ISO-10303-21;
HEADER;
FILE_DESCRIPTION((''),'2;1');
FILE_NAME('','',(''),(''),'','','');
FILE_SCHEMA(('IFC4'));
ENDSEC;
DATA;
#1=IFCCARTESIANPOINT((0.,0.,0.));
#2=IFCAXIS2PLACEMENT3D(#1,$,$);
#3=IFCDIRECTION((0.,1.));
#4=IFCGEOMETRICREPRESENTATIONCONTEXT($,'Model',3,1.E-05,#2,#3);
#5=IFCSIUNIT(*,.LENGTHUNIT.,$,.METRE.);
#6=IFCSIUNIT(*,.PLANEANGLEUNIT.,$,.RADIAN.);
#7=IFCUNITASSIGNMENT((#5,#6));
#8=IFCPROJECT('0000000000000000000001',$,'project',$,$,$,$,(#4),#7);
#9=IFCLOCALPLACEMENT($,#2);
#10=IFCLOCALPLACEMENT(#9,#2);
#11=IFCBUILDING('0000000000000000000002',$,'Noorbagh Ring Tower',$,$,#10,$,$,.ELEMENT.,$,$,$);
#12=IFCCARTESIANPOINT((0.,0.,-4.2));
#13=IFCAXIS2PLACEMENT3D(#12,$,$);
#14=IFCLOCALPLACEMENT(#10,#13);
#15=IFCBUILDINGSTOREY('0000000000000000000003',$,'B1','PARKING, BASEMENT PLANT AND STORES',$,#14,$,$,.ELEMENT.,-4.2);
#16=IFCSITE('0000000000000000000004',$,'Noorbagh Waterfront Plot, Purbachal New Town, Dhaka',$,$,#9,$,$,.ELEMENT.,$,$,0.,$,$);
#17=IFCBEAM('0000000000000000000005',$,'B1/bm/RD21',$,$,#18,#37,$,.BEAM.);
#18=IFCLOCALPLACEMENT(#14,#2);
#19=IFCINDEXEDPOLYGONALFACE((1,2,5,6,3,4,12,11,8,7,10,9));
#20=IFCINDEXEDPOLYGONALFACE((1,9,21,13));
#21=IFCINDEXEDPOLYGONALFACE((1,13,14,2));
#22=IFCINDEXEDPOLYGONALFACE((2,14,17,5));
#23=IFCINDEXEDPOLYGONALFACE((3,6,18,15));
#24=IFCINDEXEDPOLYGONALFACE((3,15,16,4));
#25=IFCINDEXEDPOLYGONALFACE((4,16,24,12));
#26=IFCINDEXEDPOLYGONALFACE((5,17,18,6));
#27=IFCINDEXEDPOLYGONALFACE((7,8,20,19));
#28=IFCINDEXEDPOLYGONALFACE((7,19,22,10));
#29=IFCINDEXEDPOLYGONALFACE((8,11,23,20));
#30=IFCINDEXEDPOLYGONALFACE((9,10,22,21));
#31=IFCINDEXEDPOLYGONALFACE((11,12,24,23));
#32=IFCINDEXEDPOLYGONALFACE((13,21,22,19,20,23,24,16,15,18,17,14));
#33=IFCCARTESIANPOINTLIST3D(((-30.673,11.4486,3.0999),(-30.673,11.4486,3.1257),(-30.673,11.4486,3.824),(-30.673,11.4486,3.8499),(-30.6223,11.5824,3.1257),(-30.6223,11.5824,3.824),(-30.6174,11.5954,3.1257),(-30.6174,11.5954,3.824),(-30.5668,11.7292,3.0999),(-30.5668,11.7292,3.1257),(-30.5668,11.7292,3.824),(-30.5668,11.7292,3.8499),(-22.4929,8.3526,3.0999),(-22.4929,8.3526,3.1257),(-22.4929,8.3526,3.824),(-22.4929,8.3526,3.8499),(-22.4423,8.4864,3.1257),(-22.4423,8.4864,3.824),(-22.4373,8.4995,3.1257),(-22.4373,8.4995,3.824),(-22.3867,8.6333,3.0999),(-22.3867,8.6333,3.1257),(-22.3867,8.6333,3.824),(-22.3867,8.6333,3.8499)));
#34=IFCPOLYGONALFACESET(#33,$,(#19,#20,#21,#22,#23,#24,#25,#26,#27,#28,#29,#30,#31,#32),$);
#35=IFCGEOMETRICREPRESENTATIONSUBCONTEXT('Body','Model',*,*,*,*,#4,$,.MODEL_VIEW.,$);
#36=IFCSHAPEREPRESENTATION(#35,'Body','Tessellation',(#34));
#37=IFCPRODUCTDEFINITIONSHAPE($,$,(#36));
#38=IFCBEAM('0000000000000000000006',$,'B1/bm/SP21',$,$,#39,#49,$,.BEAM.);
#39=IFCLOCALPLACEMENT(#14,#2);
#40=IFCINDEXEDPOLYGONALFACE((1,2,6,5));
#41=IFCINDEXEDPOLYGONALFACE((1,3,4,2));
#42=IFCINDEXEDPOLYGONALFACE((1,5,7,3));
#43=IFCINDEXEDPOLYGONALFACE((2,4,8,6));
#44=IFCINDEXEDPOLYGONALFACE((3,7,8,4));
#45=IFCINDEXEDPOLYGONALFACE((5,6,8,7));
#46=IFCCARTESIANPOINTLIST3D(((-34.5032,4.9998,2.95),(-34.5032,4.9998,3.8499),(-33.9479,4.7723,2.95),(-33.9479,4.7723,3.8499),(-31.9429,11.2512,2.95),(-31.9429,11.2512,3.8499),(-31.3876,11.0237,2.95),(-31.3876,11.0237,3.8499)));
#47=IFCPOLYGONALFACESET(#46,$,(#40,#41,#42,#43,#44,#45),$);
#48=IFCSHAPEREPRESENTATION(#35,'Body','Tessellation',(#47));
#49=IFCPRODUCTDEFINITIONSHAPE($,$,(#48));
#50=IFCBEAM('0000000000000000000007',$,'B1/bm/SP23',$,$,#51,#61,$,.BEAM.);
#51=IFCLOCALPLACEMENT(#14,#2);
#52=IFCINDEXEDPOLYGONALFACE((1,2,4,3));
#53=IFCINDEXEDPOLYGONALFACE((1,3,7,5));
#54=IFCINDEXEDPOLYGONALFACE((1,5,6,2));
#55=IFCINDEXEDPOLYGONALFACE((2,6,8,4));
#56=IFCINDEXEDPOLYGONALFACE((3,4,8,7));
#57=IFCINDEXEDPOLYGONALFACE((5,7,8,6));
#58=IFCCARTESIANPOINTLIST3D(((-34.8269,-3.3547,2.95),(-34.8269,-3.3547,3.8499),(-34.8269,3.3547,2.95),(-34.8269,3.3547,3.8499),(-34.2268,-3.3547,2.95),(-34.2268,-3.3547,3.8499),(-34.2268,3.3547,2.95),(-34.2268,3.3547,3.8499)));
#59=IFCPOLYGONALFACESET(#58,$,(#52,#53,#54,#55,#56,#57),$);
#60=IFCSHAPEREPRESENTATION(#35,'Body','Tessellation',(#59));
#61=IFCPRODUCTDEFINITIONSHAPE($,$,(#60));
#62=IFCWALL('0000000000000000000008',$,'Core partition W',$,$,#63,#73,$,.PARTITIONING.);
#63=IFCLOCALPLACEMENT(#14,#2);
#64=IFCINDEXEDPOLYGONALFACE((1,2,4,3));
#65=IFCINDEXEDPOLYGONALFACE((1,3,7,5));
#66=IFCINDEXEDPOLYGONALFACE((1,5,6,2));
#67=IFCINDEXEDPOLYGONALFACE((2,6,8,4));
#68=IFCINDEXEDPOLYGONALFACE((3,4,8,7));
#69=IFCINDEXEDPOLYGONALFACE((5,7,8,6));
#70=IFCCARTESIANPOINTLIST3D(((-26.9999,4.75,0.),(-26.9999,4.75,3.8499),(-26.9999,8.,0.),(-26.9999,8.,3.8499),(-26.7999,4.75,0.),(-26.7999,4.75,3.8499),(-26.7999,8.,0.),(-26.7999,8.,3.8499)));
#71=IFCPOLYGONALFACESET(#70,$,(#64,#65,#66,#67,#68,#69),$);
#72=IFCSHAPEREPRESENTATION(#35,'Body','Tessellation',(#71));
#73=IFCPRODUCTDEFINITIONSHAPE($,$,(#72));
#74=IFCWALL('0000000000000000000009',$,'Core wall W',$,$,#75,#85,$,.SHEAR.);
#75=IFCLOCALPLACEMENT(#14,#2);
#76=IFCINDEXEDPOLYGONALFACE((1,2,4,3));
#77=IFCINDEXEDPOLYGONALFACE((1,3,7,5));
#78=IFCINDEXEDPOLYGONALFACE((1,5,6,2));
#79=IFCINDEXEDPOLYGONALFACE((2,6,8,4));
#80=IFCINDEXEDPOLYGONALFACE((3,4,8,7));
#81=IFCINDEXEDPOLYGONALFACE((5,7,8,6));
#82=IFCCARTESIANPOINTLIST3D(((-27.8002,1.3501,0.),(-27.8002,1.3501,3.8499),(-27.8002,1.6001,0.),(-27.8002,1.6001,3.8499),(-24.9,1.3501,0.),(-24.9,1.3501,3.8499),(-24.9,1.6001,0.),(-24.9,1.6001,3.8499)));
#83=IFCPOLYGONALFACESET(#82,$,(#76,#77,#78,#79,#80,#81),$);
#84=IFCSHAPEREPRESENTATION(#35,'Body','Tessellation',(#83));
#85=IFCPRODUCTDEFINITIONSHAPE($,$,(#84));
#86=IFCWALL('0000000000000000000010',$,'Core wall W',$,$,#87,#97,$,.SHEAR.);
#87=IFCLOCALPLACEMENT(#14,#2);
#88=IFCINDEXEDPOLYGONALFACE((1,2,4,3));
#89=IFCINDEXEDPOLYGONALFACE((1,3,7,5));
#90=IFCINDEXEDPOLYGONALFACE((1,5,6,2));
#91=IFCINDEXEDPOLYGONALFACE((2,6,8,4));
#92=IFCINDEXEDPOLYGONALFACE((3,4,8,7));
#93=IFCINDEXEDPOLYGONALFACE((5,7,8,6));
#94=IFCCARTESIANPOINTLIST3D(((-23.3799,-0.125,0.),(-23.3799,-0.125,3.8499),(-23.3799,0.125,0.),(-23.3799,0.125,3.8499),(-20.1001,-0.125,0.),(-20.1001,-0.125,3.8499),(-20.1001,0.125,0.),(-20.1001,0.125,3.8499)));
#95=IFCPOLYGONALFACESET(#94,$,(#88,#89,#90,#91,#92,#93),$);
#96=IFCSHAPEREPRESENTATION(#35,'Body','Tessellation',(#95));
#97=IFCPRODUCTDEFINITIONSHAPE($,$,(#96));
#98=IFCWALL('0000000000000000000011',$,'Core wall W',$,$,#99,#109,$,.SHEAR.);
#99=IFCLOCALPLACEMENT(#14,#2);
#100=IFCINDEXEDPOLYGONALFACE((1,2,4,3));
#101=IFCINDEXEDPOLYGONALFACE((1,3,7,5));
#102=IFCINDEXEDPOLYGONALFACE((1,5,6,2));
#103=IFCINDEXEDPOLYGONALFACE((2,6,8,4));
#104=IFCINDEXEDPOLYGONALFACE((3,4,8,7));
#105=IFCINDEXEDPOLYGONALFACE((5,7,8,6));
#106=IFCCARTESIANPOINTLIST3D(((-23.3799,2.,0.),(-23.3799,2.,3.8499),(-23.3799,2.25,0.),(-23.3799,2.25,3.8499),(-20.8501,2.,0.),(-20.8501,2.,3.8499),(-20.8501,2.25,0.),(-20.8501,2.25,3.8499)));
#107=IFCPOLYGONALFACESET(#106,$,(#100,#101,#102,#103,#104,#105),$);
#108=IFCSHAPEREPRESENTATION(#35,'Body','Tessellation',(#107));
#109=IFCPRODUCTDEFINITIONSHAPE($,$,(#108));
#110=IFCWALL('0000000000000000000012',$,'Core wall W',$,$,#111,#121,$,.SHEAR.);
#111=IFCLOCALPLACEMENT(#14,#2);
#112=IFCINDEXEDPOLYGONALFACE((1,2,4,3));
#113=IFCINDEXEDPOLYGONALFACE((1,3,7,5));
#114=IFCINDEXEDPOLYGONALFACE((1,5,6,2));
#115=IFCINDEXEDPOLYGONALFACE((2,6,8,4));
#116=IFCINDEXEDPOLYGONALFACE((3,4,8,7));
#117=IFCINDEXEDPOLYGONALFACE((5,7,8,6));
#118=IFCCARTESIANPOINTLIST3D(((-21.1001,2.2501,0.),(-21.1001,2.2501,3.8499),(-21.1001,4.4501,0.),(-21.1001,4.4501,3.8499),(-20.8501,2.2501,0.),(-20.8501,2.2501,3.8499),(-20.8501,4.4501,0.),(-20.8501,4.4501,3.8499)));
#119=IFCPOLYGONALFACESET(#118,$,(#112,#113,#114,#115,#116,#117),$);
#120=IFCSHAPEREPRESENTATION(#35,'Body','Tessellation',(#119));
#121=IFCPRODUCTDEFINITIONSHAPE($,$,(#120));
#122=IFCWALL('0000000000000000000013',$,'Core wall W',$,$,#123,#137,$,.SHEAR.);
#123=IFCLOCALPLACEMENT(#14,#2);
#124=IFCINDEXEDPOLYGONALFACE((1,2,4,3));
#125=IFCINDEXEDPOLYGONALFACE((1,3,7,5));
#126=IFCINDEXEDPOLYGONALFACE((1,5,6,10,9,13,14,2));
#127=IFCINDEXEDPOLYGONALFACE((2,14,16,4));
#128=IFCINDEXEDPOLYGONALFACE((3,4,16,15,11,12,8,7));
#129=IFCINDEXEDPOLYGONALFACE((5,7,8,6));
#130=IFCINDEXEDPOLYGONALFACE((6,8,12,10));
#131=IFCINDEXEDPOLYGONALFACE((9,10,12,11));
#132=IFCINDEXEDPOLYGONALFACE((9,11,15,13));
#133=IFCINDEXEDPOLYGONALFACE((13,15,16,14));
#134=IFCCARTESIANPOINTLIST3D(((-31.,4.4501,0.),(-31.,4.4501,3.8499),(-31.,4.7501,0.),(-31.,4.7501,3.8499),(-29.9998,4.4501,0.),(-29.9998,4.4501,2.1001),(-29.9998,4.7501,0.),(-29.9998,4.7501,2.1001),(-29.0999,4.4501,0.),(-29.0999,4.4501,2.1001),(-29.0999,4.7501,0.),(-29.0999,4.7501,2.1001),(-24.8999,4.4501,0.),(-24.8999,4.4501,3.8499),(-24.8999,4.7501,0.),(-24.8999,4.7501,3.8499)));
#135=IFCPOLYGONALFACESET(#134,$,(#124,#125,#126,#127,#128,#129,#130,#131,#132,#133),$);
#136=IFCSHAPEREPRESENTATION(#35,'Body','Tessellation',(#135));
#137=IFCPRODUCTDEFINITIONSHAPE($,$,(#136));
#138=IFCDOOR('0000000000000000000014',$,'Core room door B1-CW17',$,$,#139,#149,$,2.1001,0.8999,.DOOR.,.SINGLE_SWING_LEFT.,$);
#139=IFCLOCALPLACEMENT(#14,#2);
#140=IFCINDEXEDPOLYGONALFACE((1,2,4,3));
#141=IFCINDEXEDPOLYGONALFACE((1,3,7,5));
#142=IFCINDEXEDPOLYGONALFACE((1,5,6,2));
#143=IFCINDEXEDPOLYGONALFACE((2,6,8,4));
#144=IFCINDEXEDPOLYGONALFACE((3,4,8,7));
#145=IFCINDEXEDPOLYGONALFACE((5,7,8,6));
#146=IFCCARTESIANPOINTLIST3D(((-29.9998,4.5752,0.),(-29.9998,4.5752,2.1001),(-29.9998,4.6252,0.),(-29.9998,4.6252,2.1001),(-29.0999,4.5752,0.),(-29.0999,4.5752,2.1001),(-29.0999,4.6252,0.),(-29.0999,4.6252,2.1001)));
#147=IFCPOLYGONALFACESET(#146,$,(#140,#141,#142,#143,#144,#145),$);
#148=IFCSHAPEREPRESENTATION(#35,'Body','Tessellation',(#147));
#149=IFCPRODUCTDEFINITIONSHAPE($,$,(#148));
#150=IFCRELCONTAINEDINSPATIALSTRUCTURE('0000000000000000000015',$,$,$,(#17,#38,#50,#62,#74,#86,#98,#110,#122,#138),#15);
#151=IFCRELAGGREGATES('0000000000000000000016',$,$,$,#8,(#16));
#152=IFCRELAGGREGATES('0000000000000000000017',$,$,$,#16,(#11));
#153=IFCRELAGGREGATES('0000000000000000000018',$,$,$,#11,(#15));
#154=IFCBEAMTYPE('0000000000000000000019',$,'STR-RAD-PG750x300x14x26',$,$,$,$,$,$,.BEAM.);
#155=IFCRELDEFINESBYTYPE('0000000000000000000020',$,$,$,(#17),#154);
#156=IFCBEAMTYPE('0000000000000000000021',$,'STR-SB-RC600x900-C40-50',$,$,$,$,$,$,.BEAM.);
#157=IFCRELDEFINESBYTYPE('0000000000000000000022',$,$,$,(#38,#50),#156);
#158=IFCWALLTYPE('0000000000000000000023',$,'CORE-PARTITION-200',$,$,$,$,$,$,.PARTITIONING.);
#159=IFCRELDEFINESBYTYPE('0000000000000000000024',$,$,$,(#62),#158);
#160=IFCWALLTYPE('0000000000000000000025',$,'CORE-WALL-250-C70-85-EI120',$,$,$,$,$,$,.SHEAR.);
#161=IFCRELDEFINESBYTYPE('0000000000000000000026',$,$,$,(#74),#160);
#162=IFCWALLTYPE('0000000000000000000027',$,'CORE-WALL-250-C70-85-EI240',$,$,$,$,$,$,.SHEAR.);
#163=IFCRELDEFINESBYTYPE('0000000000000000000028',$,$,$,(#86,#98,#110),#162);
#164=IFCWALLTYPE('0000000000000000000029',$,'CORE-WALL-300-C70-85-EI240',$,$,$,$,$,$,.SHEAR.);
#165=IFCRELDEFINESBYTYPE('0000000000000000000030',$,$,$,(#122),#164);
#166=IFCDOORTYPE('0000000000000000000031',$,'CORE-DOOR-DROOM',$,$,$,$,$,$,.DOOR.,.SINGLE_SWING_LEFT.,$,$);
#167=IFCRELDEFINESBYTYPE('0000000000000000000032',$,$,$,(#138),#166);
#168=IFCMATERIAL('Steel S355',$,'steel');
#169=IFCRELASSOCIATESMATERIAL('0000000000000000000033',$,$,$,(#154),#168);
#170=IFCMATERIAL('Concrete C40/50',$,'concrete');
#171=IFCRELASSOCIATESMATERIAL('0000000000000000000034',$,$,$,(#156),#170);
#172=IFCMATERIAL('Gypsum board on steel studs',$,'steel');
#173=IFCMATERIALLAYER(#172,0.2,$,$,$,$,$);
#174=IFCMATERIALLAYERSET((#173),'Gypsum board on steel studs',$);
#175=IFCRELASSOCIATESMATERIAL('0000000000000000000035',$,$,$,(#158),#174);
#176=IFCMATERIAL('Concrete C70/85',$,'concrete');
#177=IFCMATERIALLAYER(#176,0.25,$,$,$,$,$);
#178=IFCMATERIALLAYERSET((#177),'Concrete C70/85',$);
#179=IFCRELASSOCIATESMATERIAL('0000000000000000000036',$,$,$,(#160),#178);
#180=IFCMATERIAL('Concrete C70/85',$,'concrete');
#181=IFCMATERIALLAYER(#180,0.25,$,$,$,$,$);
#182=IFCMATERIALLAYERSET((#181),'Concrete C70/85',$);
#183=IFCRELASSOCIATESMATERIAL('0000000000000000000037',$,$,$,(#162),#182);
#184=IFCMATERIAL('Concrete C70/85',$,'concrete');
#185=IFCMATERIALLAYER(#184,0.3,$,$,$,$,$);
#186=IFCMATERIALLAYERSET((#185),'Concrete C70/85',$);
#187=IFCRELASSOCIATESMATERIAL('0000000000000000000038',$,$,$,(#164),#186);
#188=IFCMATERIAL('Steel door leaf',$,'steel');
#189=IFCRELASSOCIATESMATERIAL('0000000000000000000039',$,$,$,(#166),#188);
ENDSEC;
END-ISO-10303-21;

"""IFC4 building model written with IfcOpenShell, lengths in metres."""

from ifc_helpers import new_model, si_unit, direction, frame, frame_2d, origin, origin_2d, place, context, subcontext, project, spatial, rectangle, i_section, extrude, material, layer, layer_set, material_profile, profile_set, type_object, element, fill, save


model = new_model("IFC4")

# Units and contexts
model_context = context("Model", 3, precision=1e-05, world=origin(), true_north=direction((0.0, 1.0)))
body_context = subcontext(model_context, "Body", "Model", "MODEL_VIEW")
ifc_project = project(units=[si_unit("LENGTHUNIT", "METRE"), si_unit("PLANEANGLEUNIT", "RADIAN")], contexts=[model_context])

# Site, building, storey
site_placement = place(None, origin())
site = spatial("IfcSite", under=ifc_project, at=site_placement, Name="Noorbagh Waterfront Plot, Purbachal New Town, Dhaka", CompositionType="ELEMENT", RefElevation=0.0)
building_placement = place(site_placement, origin())
building = spatial("IfcBuilding", under=site, at=building_placement, Name="Noorbagh Ring Tower", CompositionType="ELEMENT")
storey_placement = place(building_placement, frame((0.0, 0.0, -4.2)))
storey = spatial("IfcBuildingStorey", under=building, at=storey_placement, Name="B1", Description="PARKING, BASEMENT PLANT AND STORES", CompositionType="ELEMENT", Elevation=-4.2)

# Beams
ifc_material_1 = material(Name="Steel S355", Category="steel")
ifc_material_profile_1 = material_profile(ifc_material_1, i_section(OverallWidth=0.3, OverallDepth=0.75, WebThickness=0.0139, FlangeThickness=0.0259, at=origin_2d()), Name="PG750x300x14x26")
ifc_profile_set_1 = profile_set([ifc_material_profile_1], Name="Steel S355")
beam_type_1 = type_object("IfcBeamType", Name="STR-RAD-PG750x300x14x26", PredefinedType="BEAM", material=ifc_profile_set_1)
beam_1_placement = place(storey_placement, frame((-30.6199, 11.5889, 3.4749), z_axis=(0.935258, -0.353967, 0.0), x_axis=(0.353967, 0.935258, 0.0)))
element("IfcBeam", 1, at=beam_1_placement, inside=storey, type_object=beam_type_1, Name="B1/bm/RD21", PredefinedType="BEAM", context=body_context, shape_type="SweptSolid", body=[
    extrude(i_section(OverallWidth=0.3, OverallDepth=0.75, WebThickness=0.0139, FlangeThickness=0.0259, at=origin_2d()), origin(), (0.0, 0.0, 1.0), 8.7463),
])
ifc_material_2 = material(Name="Concrete C40/50", Category="concrete")
ifc_material_profile_2 = material_profile(ifc_material_2, rectangle(XDim=0.6001, YDim=0.8999, at=origin_2d()), Name="RC600x900")
ifc_profile_set_2 = profile_set([ifc_material_profile_2], Name="Concrete C40/50")
beam_type_2 = type_object("IfcBeamType", Name="STR-SB-RC600x900-C40-50", PredefinedType="BEAM", material=ifc_profile_set_2)
beam_2_placement = place(storey_placement, frame((-31.6653, 11.1375, 3.3999), z_axis=(-0.378999, -0.925397, 0.0), x_axis=(0.925397, -0.378999, 0.0)))
element("IfcBeam", 2, at=beam_2_placement, inside=storey, type_object=beam_type_2, Name="B1/bm/SP21", PredefinedType="BEAM", context=body_context, shape_type="SweptSolid", body=[
    extrude(rectangle(XDim=0.6001, YDim=0.8999, at=origin_2d()), origin(), (0.0, 0.0, 1.0), 6.7554),
])
beam_3_placement = place(storey_placement, frame((-34.5269, 3.3547, 3.3999), z_axis=(0.0, -1.0, 0.0), x_axis=(1.0, 0.0, 0.0)))
element("IfcBeam", 3, at=beam_3_placement, inside=storey, type_object=beam_type_2, Name="B1/bm/SP23", PredefinedType="BEAM", context=body_context, shape_type="SweptSolid", body=[
    extrude(rectangle(XDim=0.6001, YDim=0.8999, at=origin_2d()), origin(), (0.0, 0.0, 1.0), 6.7095),
])

# Walls
ifc_material_3 = material(Name="Gypsum board on steel studs", Category="steel")
ifc_layer_1 = layer(ifc_material_3, 0.2)
ifc_layer_set_1 = layer_set([ifc_layer_1], Name="Gypsum board on steel studs")
wall_type_1 = type_object("IfcWallType", Name="CORE-PARTITION-200", PredefinedType="PARTITIONING", material=ifc_layer_set_1)
wall_1_placement = place(storey_placement, frame((-26.8999, 4.75, 0.0), z_axis=(0.0, 0.0, 1.0), x_axis=(0.0, 1.0, 0.0)))
element("IfcWall", 4, at=wall_1_placement, inside=storey, type_object=wall_type_1, Name="Core partition W", PredefinedType="PARTITIONING", context=body_context, shape_type="SweptSolid", body=[
    extrude(rectangle(XDim=3.25, YDim=0.2, at=frame_2d((1.625, 0.0))), origin(), (0.0, 0.0, 1.0), 3.8499),
])
ifc_material_4 = material(Name="Concrete C70/85", Category="concrete")
ifc_layer_2 = layer(ifc_material_4, 0.25)
ifc_layer_set_2 = layer_set([ifc_layer_2], Name="Concrete C70/85")
wall_type_2 = type_object("IfcWallType", Name="CORE-WALL-250-C70-85-EI120", PredefinedType="SHEAR", material=ifc_layer_set_2)
wall_2_placement = place(storey_placement, frame((-24.8999, 1.4751, 0.0), z_axis=(0.0, 0.0, 1.0), x_axis=(-1.0, 0.0, 0.0)))
element("IfcWall", 5, at=wall_2_placement, inside=storey, type_object=wall_type_2, Name="Core wall W", PredefinedType="SHEAR", context=body_context, shape_type="SweptSolid", body=[
    extrude(rectangle(XDim=2.9001, YDim=0.25, at=frame_2d((1.4502, 0.0))), origin(), (0.0, 0.0, 1.0), 3.8499),
])
ifc_material_5 = material(Name="Concrete C70/85", Category="concrete")
ifc_layer_3 = layer(ifc_material_5, 0.25)
ifc_layer_set_3 = layer_set([ifc_layer_3], Name="Concrete C70/85")
wall_type_3 = type_object("IfcWallType", Name="CORE-WALL-250-C70-85-EI240", PredefinedType="SHEAR", material=ifc_layer_set_3)
wall_3_placement = place(storey_placement, frame((-20.1001, 0.0, 0.0), z_axis=(0.0, 0.0, 1.0), x_axis=(-1.0, 0.0, 0.0)))
element("IfcWall", 6, at=wall_3_placement, inside=storey, type_object=wall_type_3, Name="Core wall W", PredefinedType="SHEAR", context=body_context, shape_type="SweptSolid", body=[
    extrude(rectangle(XDim=3.2798, YDim=0.25, at=frame_2d((1.6399, 0.0))), origin(), (0.0, 0.0, 1.0), 3.8499),
])
wall_4_placement = place(storey_placement, frame((-20.8501, 2.125, 0.0), z_axis=(0.0, 0.0, 1.0), x_axis=(-1.0, 0.0, 0.0)))
element("IfcWall", 7, at=wall_4_placement, inside=storey, type_object=wall_type_3, Name="Core wall W", PredefinedType="SHEAR", context=body_context, shape_type="SweptSolid", body=[
    extrude(rectangle(XDim=2.5298, YDim=0.25, at=frame_2d((1.2649, 0.0))), origin(), (0.0, 0.0, 1.0), 3.8499),
])
wall_5_placement = place(storey_placement, frame((-20.9751, 2.25, 0.0), z_axis=(0.0, 0.0, 1.0), x_axis=(0.0, 1.0, 0.0)))
element("IfcWall", 8, at=wall_5_placement, inside=storey, type_object=wall_type_3, Name="Core wall W", PredefinedType="SHEAR", context=body_context, shape_type="SweptSolid", body=[
    extrude(rectangle(XDim=2.2, YDim=0.25, at=frame_2d((1.1001, 0.0))), origin(), (0.0, 0.0, 1.0), 3.8499),
])

# Wall, opening, door
ifc_material_6 = material(Name="Concrete C70/85", Category="concrete")
ifc_layer_4 = layer(ifc_material_6, 0.3)
ifc_layer_set_4 = layer_set([ifc_layer_4], Name="Concrete C70/85")
wall_type_4 = type_object("IfcWallType", Name="CORE-WALL-300-C70-85-EI240", PredefinedType="SHEAR", material=ifc_layer_set_4)
wall_6_placement = place(storey_placement, frame((-24.8999, 4.6001, 0.0), z_axis=(0.0, 0.0, 1.0), x_axis=(-1.0, 0.0, 0.0)))
wall_6 = element("IfcWall", 9, at=wall_6_placement, inside=storey, type_object=wall_type_4, Name="Core wall W", PredefinedType="SHEAR", context=body_context, shape_type="SweptSolid", body=[
    extrude(rectangle(XDim=6.1001, YDim=0.3, at=frame_2d((3.05, 0.0))), origin(), (0.0, 0.0, 1.0), 3.8499),
])
opening_1_placement = place(wall_6_placement, frame((4.2, 0.0, 0.0)))
opening_1 = element("IfcOpeningElement", 10, at=opening_1_placement, cuts=wall_6, PredefinedType="OPENING", context=body_context, shape_type="SweptSolid", body=[
    extrude(rectangle(XDim=0.8999, YDim=2.1001, at=frame_2d((0.45, 1.05))), frame((0.0, 0.1602, 0.0), z_axis=(0.0, -1.0, 0.0), x_axis=(1.0, 0.0, 0.0)), (0.0, 0.0, 1.0), 0.3201),
])
ifc_material_7 = material(Name="Steel door leaf", Category="steel")
door_type_1 = type_object("IfcDoorType", Name="CORE-DOOR-DROOM", OperationType="SINGLE_SWING_LEFT", PredefinedType="DOOR", material=ifc_material_7)
door_1_placement = place(opening_1_placement, origin())
door_1 = element("IfcDoor", 11, at=door_1_placement, inside=storey, type_object=door_type_1, Name="Core room door B1-CW17", OperationType="SINGLE_SWING_LEFT", OverallHeight=2.1001, OverallWidth=0.8999, PredefinedType="DOOR", context=body_context, shape_type="SweptSolid", body=[
    extrude(rectangle(XDim=0.8999, YDim=2.1001, at=frame_2d((0.45, 1.05))), frame((0.0, 0.0249, 0.0), z_axis=(0.0, -1.0, 0.0), x_axis=(1.0, 0.0, 0.0)), (0.0, 0.0, 1.0), 0.05),
])
fill(opening_1, door_1)

save(model, "model.ifc")
